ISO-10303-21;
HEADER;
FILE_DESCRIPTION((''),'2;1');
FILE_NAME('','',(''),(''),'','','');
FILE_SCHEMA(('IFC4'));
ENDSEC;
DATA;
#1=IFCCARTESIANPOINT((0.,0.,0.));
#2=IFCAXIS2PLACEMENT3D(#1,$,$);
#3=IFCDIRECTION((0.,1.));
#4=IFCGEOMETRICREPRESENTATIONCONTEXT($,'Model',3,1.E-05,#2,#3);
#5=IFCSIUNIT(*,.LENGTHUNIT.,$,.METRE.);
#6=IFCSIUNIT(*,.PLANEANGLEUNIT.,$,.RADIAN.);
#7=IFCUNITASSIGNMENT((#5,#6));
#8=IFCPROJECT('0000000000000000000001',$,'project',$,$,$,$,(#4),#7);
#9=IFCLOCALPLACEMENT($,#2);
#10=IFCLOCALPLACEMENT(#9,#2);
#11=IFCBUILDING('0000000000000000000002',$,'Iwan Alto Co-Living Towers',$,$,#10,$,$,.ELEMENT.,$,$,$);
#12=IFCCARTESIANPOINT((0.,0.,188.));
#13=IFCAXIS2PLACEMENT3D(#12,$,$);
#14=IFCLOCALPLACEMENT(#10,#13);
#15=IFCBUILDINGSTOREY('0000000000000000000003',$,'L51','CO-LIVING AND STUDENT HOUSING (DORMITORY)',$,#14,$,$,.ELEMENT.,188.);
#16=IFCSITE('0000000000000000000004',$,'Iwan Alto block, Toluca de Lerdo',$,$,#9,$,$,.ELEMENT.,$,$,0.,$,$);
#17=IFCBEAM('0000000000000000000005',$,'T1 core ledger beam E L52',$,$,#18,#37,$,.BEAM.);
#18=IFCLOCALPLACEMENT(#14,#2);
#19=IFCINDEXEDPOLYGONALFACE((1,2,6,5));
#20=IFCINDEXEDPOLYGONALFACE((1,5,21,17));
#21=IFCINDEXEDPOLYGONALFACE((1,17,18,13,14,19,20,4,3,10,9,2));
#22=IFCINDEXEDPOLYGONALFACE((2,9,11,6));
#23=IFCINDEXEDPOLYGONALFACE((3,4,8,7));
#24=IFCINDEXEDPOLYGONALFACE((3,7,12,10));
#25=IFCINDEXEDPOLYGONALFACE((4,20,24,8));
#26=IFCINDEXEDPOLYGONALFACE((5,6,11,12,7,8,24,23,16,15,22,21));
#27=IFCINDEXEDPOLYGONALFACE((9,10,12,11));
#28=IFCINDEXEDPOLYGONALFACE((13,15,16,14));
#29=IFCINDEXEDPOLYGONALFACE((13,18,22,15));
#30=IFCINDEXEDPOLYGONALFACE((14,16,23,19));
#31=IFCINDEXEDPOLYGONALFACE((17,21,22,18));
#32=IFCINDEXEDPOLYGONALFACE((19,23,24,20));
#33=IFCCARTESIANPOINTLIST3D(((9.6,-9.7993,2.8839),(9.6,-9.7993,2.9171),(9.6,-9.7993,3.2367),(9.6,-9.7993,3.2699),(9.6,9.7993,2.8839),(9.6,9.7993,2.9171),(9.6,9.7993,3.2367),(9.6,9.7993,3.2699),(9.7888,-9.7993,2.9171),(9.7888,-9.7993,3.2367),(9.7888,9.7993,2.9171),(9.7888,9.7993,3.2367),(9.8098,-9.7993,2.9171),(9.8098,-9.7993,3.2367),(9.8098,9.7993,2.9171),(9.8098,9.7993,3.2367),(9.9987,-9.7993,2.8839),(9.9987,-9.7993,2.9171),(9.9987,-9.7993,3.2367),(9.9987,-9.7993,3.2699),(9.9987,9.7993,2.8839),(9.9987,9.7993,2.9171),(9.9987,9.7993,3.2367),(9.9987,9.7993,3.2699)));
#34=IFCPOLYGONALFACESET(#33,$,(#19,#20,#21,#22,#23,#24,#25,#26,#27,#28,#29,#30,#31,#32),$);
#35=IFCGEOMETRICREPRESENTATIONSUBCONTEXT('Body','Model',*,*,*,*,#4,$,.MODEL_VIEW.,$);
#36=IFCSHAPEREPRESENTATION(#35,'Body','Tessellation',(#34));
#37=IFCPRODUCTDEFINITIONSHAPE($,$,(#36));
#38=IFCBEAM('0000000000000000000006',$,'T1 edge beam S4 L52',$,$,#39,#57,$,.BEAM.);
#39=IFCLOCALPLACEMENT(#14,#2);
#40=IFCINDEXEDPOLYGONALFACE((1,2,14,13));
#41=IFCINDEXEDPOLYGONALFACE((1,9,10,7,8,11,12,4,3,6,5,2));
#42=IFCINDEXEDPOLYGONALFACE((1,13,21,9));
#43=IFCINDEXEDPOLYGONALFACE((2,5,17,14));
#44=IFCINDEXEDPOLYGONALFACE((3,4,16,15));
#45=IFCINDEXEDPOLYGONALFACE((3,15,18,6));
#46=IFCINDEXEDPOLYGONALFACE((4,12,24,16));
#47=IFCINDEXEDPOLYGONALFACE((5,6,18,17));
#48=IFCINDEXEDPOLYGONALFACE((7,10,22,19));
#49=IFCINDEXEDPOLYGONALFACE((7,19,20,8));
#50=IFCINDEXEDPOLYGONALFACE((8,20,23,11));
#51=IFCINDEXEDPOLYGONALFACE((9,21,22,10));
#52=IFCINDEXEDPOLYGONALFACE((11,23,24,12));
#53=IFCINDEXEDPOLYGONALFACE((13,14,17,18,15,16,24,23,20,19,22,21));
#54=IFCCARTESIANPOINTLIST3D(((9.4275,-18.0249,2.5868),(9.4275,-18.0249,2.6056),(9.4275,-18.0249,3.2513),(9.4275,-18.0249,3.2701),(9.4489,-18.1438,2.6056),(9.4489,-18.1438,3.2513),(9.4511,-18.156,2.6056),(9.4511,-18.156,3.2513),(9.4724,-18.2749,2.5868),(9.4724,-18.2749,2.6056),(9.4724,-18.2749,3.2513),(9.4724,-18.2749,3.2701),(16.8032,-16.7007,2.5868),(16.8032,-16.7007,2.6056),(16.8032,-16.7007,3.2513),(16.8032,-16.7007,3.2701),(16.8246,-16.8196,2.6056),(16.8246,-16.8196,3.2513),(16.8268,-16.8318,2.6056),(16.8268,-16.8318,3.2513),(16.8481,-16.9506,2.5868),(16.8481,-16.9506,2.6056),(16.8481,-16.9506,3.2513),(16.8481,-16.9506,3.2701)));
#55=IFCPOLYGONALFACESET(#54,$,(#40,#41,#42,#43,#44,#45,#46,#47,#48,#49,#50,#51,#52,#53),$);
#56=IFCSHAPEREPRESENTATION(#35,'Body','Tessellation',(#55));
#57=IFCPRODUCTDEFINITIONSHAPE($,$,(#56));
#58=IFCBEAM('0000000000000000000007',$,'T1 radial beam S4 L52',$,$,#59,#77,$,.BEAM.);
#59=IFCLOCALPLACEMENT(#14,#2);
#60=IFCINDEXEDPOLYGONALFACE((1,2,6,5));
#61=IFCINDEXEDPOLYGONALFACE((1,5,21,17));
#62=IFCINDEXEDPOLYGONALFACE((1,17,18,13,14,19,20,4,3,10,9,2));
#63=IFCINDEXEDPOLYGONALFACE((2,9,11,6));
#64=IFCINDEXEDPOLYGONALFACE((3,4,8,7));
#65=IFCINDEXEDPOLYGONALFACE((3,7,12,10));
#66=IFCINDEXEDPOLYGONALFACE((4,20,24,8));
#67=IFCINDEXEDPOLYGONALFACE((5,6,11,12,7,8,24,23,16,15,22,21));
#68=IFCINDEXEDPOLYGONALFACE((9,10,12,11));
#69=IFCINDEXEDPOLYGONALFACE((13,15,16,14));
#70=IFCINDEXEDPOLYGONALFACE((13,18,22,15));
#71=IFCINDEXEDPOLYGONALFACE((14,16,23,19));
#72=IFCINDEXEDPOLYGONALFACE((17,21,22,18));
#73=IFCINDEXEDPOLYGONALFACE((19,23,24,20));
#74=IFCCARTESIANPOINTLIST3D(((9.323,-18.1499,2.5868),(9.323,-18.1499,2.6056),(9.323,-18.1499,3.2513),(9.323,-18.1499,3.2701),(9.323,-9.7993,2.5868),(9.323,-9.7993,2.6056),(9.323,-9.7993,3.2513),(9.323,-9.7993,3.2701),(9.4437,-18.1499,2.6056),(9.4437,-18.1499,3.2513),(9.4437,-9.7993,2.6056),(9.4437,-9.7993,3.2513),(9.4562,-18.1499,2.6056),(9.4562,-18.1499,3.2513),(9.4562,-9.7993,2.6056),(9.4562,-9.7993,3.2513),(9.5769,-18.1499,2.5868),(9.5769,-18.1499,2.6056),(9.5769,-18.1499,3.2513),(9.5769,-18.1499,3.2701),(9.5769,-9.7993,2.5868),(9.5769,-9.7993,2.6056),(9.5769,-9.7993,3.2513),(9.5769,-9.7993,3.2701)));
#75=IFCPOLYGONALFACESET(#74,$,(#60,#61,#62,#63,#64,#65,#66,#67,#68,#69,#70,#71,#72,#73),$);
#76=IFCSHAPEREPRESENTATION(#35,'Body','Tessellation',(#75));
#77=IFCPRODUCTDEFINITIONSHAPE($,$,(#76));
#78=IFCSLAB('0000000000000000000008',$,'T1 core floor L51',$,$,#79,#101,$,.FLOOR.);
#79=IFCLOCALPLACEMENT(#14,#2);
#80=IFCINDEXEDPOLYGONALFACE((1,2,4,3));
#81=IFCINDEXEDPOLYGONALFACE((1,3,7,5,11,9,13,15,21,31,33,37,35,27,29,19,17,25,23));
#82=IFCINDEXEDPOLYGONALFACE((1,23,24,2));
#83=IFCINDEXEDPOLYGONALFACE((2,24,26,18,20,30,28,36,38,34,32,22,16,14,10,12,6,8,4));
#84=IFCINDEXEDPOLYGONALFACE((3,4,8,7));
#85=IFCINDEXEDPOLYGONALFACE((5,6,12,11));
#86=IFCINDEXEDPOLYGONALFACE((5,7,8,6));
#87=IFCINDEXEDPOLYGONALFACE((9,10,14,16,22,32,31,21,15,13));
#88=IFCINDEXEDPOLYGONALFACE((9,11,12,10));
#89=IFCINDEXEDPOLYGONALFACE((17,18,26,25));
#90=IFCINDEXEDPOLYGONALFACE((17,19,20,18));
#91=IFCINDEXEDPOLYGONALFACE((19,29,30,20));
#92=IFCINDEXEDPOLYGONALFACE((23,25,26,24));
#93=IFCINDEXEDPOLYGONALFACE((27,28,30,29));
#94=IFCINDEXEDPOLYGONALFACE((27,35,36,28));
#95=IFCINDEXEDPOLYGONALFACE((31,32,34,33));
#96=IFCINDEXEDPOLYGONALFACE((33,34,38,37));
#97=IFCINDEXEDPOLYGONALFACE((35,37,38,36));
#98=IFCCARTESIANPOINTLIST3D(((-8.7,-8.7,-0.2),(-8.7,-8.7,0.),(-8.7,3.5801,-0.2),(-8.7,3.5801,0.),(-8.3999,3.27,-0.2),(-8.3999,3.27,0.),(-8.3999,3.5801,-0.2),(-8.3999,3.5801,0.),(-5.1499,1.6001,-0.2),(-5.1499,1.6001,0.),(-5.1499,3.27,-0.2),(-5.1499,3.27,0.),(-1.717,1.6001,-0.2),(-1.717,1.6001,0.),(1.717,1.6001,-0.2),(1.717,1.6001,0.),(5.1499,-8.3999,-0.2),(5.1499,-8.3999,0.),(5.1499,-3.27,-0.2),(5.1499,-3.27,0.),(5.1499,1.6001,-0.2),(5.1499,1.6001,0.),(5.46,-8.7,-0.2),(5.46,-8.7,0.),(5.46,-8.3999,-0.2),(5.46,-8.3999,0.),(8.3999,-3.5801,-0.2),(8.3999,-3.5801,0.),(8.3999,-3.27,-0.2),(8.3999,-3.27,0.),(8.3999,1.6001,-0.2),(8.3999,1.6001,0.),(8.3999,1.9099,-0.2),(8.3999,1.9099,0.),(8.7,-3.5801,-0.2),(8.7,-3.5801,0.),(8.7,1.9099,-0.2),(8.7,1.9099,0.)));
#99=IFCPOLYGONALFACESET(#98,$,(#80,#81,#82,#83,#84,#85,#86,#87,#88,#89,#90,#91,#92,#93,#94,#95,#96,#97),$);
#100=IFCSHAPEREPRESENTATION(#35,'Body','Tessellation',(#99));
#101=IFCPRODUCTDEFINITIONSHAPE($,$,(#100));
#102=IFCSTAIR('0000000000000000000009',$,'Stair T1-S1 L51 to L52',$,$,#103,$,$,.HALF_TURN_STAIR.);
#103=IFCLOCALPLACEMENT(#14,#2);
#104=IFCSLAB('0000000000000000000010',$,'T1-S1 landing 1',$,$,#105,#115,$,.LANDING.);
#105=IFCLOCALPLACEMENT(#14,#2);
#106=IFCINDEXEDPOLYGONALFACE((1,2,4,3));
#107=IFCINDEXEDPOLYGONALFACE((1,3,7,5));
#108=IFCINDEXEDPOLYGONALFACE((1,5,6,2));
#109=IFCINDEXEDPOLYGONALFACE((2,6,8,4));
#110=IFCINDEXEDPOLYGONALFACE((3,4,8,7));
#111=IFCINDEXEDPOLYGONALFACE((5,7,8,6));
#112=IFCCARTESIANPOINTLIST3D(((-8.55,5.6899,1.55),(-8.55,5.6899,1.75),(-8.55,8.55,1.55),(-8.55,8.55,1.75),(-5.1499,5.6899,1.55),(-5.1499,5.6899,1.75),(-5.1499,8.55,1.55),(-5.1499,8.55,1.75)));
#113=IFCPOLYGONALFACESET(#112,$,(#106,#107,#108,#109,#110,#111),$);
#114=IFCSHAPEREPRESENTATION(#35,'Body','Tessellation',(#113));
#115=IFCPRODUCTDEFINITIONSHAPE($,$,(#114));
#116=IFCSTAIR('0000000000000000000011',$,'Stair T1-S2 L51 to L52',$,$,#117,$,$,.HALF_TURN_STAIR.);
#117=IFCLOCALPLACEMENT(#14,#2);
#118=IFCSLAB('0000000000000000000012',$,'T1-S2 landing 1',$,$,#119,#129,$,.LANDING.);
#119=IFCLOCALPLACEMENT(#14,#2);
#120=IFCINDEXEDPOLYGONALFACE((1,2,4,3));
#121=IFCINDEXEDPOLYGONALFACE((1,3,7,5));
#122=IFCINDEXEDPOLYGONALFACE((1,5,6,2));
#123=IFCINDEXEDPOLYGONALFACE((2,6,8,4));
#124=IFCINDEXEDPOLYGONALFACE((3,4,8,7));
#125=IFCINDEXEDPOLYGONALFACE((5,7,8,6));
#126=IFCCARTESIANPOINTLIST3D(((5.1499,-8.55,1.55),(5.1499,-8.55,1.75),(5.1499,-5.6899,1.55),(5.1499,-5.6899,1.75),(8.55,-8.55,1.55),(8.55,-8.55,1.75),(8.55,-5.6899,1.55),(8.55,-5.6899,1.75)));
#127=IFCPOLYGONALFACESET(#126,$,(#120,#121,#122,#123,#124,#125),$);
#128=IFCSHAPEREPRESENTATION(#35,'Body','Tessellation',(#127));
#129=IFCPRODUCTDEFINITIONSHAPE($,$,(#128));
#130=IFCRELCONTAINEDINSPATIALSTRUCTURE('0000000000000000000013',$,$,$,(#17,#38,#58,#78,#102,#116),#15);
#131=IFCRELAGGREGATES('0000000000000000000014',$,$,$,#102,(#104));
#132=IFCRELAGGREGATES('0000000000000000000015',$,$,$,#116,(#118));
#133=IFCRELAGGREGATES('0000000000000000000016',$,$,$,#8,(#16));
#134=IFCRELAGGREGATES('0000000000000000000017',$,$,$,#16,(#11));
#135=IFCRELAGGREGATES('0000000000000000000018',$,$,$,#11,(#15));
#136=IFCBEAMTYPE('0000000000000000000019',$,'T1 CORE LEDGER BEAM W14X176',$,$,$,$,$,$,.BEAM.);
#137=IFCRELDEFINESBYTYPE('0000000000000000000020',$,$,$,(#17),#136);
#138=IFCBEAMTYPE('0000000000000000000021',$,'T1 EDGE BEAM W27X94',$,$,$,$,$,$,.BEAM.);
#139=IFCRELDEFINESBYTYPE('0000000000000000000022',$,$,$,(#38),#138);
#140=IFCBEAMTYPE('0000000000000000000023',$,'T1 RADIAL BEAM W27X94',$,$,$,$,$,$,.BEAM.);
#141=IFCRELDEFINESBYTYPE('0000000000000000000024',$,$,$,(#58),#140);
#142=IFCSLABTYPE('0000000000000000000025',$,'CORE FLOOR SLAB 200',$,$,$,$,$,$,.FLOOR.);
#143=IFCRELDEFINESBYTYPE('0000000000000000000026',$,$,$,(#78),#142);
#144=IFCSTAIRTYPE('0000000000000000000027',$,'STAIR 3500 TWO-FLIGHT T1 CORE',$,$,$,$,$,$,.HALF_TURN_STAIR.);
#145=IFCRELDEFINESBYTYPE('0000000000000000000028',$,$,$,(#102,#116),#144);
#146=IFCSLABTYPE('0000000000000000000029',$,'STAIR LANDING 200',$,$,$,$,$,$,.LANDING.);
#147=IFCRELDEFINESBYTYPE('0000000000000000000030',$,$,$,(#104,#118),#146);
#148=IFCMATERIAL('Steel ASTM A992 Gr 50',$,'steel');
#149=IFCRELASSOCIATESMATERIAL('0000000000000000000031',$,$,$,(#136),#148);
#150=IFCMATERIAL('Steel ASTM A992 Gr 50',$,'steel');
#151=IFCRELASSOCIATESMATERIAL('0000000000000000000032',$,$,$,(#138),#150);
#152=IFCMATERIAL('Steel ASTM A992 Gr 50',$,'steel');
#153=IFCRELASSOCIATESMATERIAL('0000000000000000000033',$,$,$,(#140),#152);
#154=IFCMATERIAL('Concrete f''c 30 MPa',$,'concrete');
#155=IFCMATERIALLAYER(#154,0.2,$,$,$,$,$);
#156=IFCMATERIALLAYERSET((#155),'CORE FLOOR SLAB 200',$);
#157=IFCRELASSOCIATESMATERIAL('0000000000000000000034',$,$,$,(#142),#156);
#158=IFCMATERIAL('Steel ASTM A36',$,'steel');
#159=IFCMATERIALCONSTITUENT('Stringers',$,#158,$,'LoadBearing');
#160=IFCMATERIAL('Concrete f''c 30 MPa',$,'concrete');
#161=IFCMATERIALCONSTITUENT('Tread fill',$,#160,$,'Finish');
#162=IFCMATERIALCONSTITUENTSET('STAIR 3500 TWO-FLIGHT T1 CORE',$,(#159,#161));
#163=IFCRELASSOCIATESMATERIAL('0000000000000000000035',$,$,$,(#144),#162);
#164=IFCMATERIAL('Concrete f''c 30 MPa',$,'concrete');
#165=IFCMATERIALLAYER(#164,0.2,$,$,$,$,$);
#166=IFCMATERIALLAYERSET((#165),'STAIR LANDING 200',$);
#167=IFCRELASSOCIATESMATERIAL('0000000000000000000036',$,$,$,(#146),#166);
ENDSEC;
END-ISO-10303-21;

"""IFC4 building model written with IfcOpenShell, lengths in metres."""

from ifc_helpers import new_model, si_unit, direction, frame, origin, origin_2d, place, context, subcontext, project, spatial, polyline, i_section, outline, extrude, material, layer, layer_set, constituent, constituent_set, material_profile, profile_set, type_object, element, aggregate, save


model = new_model("IFC4")

# Units and contexts
model_context = context("Model", 3, precision=1e-05, world=origin(), true_north=direction((0.0, 1.0)))
body_context = subcontext(model_context, "Body", "Model", "MODEL_VIEW")
ifc_project = project(units=[si_unit("LENGTHUNIT", "METRE"), si_unit("PLANEANGLEUNIT", "RADIAN")], contexts=[model_context])

# Site, building, storey
site_placement = place(None, origin())
site = spatial("IfcSite", under=ifc_project, at=site_placement, Name="Iwan Alto block, Toluca de Lerdo", CompositionType="ELEMENT", RefElevation=0.0)
building_placement = place(site_placement, origin())
building = spatial("IfcBuilding", under=site, at=building_placement, Name="Iwan Alto Co-Living Towers", CompositionType="ELEMENT")
storey_placement = place(building_placement, frame((0.0, 0.0, 188.0)))
storey = spatial("IfcBuildingStorey", under=building, at=storey_placement, Name="L51", Description="CO-LIVING AND STUDENT HOUSING (DORMITORY)", CompositionType="ELEMENT", Elevation=188.0)

# Beams
ifc_material_1 = material(Name="Steel ASTM A992 Gr 50", Category="steel")
ifc_material_profile_1 = material_profile(ifc_material_1, i_section(OverallWidth=0.3987, OverallDepth=0.386, WebThickness=0.021, FlangeThickness=0.0332, at=origin_2d()), Name="W14X176")
ifc_profile_set_1 = profile_set([ifc_material_profile_1], Name="Steel ASTM A992 Gr 50")
beam_type_1 = type_object("IfcBeamType", Name="T1 CORE LEDGER BEAM W14X176", PredefinedType="BEAM", material=ifc_profile_set_1)
beam_1_placement = place(storey_placement, frame((9.7993, -9.7993, 3.0769), z_axis=(0.0, 1.0, 0.0), x_axis=(-1.0, 0.0, 0.0)))
element("IfcBeam", 1, at=beam_1_placement, inside=storey, type_object=beam_type_1, Name="T1 core ledger beam E L52", PredefinedType="BEAM", context=body_context, shape_type="SweptSolid", body=[
    extrude(i_section(OverallWidth=0.3987, OverallDepth=0.386, WebThickness=0.021, FlangeThickness=0.0332, at=origin_2d()), origin(), (0.0, 0.0, 1.0), 19.5986),
])
ifc_material_2 = material(Name="Steel ASTM A992 Gr 50", Category="steel")
ifc_material_profile_2 = material_profile(ifc_material_2, i_section(OverallWidth=0.2539, OverallDepth=0.6833, WebThickness=0.0125, FlangeThickness=0.0188, at=origin_2d()), Name="W27X94")
ifc_profile_set_2 = profile_set([ifc_material_profile_2], Name="Steel ASTM A992 Gr 50")
beam_type_2 = type_object("IfcBeamType", Name="T1 EDGE BEAM W27X94", PredefinedType="BEAM", material=ifc_profile_set_2)
beam_2_placement = place(storey_placement, frame((9.45, -18.1499, 2.9285), z_axis=(0.984263, 0.176712, 0.0), x_axis=(-0.176712, 0.984263, 0.0)))
element("IfcBeam", 2, at=beam_2_placement, inside=storey, type_object=beam_type_2, Name="T1 edge beam S4 L52", PredefinedType="BEAM", context=body_context, shape_type="SweptSolid", body=[
    extrude(i_section(OverallWidth=0.2539, OverallDepth=0.6833, WebThickness=0.0125, FlangeThickness=0.0188, at=origin_2d()), origin(), (0.0, 0.0, 1.0), 7.4937),
])
ifc_material_3 = material(Name="Steel ASTM A992 Gr 50", Category="steel")
ifc_material_profile_3 = material_profile(ifc_material_3, i_section(OverallWidth=0.2539, OverallDepth=0.6833, WebThickness=0.0125, FlangeThickness=0.0188, at=origin_2d()), Name="W27X94")
ifc_profile_set_3 = profile_set([ifc_material_profile_3], Name="Steel ASTM A992 Gr 50")
beam_type_3 = type_object("IfcBeamType", Name="T1 RADIAL BEAM W27X94", PredefinedType="BEAM", material=ifc_profile_set_3)
beam_3_placement = place(storey_placement, frame((9.45, -18.1499, 2.9285), z_axis=(0.0, 1.0, 0.0), x_axis=(-1.0, 0.0, 0.0)))
element("IfcBeam", 3, at=beam_3_placement, inside=storey, type_object=beam_type_3, Name="T1 radial beam S4 L52", PredefinedType="BEAM", context=body_context, shape_type="SweptSolid", body=[
    extrude(i_section(OverallWidth=0.2539, OverallDepth=0.6833, WebThickness=0.0125, FlangeThickness=0.0188, at=origin_2d()), origin(), (0.0, 0.0, 1.0), 8.3506),
])

# Slab
ifc_material_4 = material(Name="Concrete f'c 30 MPa", Category="concrete")
ifc_layer_1 = layer(ifc_material_4, 0.2)
ifc_layer_set_1 = layer_set([ifc_layer_1], Name="CORE FLOOR SLAB 200")
slab_type_1 = type_object("IfcSlabType", Name="CORE FLOOR SLAB 200", PredefinedType="FLOOR", material=ifc_layer_set_1)
slab_1_placement = place(storey_placement, frame((0.0, 0.0, -0.2)))
element("IfcSlab", 4, at=slab_1_placement, inside=storey, type_object=slab_type_1, Name="T1 core floor L51", PredefinedType="FLOOR", context=body_context, shape_type="SweptSolid", body=[
    extrude(outline(polyline([(5.1499, -8.3999), (5.46, -8.3999), (5.46, -8.7), (-8.7, -8.7), (-8.7, 3.5801), (-8.3999, 3.5801), (-8.3999, 3.27), (-5.1499, 3.27), (-5.1499, 1.6001), (-1.717, 1.6001), (1.717, 1.6001), (5.1499, 1.6001), (8.3999, 1.6001), (8.3999, 1.9099), (8.7, 1.9099), (8.7, -3.5801), (8.3999, -3.5801), (8.3999, -3.27), (5.1499, -3.27), (5.1499, -8.3999)])), origin(), (0.0, 0.0, 1.0), 0.2),
])

# Stairs, slabs
ifc_material_5 = material(Name="Steel ASTM A36", Category="steel")
ifc_constituent_1 = constituent(ifc_material_5, Name="Stringers", Category="LoadBearing")
ifc_material_6 = material(Name="Concrete f'c 30 MPa", Category="concrete")
ifc_constituent_2 = constituent(ifc_material_6, Name="Tread fill", Category="Finish")
ifc_constituent_set_1 = constituent_set(constituents=[ifc_constituent_1, ifc_constituent_2], Name="STAIR 3500 TWO-FLIGHT T1 CORE")
stair_type = type_object("IfcStairType", Name="STAIR 3500 TWO-FLIGHT T1 CORE", PredefinedType="HALF_TURN_STAIR", material=ifc_constituent_set_1)
stair_1_placement = place(storey_placement, origin())
stair_1 = element("IfcStair", 5, at=stair_1_placement, inside=storey, type_object=stair_type, Name="Stair T1-S1 L51 to L52", PredefinedType="HALF_TURN_STAIR")
ifc_material_7 = material(Name="Concrete f'c 30 MPa", Category="concrete")
ifc_layer_2 = layer(ifc_material_7, 0.2)
ifc_layer_set_2 = layer_set([ifc_layer_2], Name="STAIR LANDING 200")
slab_type_2 = type_object("IfcSlabType", Name="STAIR LANDING 200", PredefinedType="LANDING", material=ifc_layer_set_2)
slab_2_placement = place(storey_placement, frame((0.0, 0.0, 1.55)))
slab_2 = element("IfcSlab", 6, at=slab_2_placement, type_object=slab_type_2, Name="T1-S1 landing 1", PredefinedType="LANDING", context=body_context, shape_type="SweptSolid", body=[
    extrude(outline(polyline([(-8.55, 5.6899), (-8.55, 8.55), (-5.1499, 8.55), (-5.1499, 5.6899), (-8.55, 5.6899)])), origin(), (0.0, 0.0, 1.0), 0.2),
])
aggregate(stair_1, [slab_2])
stair_2_placement = place(storey_placement, origin())
stair_2 = element("IfcStair", 7, at=stair_2_placement, inside=storey, type_object=stair_type, Name="Stair T1-S2 L51 to L52", PredefinedType="HALF_TURN_STAIR")
slab_3_placement = place(storey_placement, frame((0.0, 0.0, 1.55)))
slab_3 = element("IfcSlab", 8, at=slab_3_placement, type_object=slab_type_2, Name="T1-S2 landing 1", PredefinedType="LANDING", context=body_context, shape_type="SweptSolid", body=[
    extrude(outline(polyline([(5.1499, -5.6899), (5.1499, -8.55), (8.55, -8.55), (8.55, -5.6899), (5.1499, -5.6899)])), origin(), (0.0, 0.0, 1.0), 0.2),
])

aggregate(stair_2, [slab_3])

save(model, "model.ifc")
